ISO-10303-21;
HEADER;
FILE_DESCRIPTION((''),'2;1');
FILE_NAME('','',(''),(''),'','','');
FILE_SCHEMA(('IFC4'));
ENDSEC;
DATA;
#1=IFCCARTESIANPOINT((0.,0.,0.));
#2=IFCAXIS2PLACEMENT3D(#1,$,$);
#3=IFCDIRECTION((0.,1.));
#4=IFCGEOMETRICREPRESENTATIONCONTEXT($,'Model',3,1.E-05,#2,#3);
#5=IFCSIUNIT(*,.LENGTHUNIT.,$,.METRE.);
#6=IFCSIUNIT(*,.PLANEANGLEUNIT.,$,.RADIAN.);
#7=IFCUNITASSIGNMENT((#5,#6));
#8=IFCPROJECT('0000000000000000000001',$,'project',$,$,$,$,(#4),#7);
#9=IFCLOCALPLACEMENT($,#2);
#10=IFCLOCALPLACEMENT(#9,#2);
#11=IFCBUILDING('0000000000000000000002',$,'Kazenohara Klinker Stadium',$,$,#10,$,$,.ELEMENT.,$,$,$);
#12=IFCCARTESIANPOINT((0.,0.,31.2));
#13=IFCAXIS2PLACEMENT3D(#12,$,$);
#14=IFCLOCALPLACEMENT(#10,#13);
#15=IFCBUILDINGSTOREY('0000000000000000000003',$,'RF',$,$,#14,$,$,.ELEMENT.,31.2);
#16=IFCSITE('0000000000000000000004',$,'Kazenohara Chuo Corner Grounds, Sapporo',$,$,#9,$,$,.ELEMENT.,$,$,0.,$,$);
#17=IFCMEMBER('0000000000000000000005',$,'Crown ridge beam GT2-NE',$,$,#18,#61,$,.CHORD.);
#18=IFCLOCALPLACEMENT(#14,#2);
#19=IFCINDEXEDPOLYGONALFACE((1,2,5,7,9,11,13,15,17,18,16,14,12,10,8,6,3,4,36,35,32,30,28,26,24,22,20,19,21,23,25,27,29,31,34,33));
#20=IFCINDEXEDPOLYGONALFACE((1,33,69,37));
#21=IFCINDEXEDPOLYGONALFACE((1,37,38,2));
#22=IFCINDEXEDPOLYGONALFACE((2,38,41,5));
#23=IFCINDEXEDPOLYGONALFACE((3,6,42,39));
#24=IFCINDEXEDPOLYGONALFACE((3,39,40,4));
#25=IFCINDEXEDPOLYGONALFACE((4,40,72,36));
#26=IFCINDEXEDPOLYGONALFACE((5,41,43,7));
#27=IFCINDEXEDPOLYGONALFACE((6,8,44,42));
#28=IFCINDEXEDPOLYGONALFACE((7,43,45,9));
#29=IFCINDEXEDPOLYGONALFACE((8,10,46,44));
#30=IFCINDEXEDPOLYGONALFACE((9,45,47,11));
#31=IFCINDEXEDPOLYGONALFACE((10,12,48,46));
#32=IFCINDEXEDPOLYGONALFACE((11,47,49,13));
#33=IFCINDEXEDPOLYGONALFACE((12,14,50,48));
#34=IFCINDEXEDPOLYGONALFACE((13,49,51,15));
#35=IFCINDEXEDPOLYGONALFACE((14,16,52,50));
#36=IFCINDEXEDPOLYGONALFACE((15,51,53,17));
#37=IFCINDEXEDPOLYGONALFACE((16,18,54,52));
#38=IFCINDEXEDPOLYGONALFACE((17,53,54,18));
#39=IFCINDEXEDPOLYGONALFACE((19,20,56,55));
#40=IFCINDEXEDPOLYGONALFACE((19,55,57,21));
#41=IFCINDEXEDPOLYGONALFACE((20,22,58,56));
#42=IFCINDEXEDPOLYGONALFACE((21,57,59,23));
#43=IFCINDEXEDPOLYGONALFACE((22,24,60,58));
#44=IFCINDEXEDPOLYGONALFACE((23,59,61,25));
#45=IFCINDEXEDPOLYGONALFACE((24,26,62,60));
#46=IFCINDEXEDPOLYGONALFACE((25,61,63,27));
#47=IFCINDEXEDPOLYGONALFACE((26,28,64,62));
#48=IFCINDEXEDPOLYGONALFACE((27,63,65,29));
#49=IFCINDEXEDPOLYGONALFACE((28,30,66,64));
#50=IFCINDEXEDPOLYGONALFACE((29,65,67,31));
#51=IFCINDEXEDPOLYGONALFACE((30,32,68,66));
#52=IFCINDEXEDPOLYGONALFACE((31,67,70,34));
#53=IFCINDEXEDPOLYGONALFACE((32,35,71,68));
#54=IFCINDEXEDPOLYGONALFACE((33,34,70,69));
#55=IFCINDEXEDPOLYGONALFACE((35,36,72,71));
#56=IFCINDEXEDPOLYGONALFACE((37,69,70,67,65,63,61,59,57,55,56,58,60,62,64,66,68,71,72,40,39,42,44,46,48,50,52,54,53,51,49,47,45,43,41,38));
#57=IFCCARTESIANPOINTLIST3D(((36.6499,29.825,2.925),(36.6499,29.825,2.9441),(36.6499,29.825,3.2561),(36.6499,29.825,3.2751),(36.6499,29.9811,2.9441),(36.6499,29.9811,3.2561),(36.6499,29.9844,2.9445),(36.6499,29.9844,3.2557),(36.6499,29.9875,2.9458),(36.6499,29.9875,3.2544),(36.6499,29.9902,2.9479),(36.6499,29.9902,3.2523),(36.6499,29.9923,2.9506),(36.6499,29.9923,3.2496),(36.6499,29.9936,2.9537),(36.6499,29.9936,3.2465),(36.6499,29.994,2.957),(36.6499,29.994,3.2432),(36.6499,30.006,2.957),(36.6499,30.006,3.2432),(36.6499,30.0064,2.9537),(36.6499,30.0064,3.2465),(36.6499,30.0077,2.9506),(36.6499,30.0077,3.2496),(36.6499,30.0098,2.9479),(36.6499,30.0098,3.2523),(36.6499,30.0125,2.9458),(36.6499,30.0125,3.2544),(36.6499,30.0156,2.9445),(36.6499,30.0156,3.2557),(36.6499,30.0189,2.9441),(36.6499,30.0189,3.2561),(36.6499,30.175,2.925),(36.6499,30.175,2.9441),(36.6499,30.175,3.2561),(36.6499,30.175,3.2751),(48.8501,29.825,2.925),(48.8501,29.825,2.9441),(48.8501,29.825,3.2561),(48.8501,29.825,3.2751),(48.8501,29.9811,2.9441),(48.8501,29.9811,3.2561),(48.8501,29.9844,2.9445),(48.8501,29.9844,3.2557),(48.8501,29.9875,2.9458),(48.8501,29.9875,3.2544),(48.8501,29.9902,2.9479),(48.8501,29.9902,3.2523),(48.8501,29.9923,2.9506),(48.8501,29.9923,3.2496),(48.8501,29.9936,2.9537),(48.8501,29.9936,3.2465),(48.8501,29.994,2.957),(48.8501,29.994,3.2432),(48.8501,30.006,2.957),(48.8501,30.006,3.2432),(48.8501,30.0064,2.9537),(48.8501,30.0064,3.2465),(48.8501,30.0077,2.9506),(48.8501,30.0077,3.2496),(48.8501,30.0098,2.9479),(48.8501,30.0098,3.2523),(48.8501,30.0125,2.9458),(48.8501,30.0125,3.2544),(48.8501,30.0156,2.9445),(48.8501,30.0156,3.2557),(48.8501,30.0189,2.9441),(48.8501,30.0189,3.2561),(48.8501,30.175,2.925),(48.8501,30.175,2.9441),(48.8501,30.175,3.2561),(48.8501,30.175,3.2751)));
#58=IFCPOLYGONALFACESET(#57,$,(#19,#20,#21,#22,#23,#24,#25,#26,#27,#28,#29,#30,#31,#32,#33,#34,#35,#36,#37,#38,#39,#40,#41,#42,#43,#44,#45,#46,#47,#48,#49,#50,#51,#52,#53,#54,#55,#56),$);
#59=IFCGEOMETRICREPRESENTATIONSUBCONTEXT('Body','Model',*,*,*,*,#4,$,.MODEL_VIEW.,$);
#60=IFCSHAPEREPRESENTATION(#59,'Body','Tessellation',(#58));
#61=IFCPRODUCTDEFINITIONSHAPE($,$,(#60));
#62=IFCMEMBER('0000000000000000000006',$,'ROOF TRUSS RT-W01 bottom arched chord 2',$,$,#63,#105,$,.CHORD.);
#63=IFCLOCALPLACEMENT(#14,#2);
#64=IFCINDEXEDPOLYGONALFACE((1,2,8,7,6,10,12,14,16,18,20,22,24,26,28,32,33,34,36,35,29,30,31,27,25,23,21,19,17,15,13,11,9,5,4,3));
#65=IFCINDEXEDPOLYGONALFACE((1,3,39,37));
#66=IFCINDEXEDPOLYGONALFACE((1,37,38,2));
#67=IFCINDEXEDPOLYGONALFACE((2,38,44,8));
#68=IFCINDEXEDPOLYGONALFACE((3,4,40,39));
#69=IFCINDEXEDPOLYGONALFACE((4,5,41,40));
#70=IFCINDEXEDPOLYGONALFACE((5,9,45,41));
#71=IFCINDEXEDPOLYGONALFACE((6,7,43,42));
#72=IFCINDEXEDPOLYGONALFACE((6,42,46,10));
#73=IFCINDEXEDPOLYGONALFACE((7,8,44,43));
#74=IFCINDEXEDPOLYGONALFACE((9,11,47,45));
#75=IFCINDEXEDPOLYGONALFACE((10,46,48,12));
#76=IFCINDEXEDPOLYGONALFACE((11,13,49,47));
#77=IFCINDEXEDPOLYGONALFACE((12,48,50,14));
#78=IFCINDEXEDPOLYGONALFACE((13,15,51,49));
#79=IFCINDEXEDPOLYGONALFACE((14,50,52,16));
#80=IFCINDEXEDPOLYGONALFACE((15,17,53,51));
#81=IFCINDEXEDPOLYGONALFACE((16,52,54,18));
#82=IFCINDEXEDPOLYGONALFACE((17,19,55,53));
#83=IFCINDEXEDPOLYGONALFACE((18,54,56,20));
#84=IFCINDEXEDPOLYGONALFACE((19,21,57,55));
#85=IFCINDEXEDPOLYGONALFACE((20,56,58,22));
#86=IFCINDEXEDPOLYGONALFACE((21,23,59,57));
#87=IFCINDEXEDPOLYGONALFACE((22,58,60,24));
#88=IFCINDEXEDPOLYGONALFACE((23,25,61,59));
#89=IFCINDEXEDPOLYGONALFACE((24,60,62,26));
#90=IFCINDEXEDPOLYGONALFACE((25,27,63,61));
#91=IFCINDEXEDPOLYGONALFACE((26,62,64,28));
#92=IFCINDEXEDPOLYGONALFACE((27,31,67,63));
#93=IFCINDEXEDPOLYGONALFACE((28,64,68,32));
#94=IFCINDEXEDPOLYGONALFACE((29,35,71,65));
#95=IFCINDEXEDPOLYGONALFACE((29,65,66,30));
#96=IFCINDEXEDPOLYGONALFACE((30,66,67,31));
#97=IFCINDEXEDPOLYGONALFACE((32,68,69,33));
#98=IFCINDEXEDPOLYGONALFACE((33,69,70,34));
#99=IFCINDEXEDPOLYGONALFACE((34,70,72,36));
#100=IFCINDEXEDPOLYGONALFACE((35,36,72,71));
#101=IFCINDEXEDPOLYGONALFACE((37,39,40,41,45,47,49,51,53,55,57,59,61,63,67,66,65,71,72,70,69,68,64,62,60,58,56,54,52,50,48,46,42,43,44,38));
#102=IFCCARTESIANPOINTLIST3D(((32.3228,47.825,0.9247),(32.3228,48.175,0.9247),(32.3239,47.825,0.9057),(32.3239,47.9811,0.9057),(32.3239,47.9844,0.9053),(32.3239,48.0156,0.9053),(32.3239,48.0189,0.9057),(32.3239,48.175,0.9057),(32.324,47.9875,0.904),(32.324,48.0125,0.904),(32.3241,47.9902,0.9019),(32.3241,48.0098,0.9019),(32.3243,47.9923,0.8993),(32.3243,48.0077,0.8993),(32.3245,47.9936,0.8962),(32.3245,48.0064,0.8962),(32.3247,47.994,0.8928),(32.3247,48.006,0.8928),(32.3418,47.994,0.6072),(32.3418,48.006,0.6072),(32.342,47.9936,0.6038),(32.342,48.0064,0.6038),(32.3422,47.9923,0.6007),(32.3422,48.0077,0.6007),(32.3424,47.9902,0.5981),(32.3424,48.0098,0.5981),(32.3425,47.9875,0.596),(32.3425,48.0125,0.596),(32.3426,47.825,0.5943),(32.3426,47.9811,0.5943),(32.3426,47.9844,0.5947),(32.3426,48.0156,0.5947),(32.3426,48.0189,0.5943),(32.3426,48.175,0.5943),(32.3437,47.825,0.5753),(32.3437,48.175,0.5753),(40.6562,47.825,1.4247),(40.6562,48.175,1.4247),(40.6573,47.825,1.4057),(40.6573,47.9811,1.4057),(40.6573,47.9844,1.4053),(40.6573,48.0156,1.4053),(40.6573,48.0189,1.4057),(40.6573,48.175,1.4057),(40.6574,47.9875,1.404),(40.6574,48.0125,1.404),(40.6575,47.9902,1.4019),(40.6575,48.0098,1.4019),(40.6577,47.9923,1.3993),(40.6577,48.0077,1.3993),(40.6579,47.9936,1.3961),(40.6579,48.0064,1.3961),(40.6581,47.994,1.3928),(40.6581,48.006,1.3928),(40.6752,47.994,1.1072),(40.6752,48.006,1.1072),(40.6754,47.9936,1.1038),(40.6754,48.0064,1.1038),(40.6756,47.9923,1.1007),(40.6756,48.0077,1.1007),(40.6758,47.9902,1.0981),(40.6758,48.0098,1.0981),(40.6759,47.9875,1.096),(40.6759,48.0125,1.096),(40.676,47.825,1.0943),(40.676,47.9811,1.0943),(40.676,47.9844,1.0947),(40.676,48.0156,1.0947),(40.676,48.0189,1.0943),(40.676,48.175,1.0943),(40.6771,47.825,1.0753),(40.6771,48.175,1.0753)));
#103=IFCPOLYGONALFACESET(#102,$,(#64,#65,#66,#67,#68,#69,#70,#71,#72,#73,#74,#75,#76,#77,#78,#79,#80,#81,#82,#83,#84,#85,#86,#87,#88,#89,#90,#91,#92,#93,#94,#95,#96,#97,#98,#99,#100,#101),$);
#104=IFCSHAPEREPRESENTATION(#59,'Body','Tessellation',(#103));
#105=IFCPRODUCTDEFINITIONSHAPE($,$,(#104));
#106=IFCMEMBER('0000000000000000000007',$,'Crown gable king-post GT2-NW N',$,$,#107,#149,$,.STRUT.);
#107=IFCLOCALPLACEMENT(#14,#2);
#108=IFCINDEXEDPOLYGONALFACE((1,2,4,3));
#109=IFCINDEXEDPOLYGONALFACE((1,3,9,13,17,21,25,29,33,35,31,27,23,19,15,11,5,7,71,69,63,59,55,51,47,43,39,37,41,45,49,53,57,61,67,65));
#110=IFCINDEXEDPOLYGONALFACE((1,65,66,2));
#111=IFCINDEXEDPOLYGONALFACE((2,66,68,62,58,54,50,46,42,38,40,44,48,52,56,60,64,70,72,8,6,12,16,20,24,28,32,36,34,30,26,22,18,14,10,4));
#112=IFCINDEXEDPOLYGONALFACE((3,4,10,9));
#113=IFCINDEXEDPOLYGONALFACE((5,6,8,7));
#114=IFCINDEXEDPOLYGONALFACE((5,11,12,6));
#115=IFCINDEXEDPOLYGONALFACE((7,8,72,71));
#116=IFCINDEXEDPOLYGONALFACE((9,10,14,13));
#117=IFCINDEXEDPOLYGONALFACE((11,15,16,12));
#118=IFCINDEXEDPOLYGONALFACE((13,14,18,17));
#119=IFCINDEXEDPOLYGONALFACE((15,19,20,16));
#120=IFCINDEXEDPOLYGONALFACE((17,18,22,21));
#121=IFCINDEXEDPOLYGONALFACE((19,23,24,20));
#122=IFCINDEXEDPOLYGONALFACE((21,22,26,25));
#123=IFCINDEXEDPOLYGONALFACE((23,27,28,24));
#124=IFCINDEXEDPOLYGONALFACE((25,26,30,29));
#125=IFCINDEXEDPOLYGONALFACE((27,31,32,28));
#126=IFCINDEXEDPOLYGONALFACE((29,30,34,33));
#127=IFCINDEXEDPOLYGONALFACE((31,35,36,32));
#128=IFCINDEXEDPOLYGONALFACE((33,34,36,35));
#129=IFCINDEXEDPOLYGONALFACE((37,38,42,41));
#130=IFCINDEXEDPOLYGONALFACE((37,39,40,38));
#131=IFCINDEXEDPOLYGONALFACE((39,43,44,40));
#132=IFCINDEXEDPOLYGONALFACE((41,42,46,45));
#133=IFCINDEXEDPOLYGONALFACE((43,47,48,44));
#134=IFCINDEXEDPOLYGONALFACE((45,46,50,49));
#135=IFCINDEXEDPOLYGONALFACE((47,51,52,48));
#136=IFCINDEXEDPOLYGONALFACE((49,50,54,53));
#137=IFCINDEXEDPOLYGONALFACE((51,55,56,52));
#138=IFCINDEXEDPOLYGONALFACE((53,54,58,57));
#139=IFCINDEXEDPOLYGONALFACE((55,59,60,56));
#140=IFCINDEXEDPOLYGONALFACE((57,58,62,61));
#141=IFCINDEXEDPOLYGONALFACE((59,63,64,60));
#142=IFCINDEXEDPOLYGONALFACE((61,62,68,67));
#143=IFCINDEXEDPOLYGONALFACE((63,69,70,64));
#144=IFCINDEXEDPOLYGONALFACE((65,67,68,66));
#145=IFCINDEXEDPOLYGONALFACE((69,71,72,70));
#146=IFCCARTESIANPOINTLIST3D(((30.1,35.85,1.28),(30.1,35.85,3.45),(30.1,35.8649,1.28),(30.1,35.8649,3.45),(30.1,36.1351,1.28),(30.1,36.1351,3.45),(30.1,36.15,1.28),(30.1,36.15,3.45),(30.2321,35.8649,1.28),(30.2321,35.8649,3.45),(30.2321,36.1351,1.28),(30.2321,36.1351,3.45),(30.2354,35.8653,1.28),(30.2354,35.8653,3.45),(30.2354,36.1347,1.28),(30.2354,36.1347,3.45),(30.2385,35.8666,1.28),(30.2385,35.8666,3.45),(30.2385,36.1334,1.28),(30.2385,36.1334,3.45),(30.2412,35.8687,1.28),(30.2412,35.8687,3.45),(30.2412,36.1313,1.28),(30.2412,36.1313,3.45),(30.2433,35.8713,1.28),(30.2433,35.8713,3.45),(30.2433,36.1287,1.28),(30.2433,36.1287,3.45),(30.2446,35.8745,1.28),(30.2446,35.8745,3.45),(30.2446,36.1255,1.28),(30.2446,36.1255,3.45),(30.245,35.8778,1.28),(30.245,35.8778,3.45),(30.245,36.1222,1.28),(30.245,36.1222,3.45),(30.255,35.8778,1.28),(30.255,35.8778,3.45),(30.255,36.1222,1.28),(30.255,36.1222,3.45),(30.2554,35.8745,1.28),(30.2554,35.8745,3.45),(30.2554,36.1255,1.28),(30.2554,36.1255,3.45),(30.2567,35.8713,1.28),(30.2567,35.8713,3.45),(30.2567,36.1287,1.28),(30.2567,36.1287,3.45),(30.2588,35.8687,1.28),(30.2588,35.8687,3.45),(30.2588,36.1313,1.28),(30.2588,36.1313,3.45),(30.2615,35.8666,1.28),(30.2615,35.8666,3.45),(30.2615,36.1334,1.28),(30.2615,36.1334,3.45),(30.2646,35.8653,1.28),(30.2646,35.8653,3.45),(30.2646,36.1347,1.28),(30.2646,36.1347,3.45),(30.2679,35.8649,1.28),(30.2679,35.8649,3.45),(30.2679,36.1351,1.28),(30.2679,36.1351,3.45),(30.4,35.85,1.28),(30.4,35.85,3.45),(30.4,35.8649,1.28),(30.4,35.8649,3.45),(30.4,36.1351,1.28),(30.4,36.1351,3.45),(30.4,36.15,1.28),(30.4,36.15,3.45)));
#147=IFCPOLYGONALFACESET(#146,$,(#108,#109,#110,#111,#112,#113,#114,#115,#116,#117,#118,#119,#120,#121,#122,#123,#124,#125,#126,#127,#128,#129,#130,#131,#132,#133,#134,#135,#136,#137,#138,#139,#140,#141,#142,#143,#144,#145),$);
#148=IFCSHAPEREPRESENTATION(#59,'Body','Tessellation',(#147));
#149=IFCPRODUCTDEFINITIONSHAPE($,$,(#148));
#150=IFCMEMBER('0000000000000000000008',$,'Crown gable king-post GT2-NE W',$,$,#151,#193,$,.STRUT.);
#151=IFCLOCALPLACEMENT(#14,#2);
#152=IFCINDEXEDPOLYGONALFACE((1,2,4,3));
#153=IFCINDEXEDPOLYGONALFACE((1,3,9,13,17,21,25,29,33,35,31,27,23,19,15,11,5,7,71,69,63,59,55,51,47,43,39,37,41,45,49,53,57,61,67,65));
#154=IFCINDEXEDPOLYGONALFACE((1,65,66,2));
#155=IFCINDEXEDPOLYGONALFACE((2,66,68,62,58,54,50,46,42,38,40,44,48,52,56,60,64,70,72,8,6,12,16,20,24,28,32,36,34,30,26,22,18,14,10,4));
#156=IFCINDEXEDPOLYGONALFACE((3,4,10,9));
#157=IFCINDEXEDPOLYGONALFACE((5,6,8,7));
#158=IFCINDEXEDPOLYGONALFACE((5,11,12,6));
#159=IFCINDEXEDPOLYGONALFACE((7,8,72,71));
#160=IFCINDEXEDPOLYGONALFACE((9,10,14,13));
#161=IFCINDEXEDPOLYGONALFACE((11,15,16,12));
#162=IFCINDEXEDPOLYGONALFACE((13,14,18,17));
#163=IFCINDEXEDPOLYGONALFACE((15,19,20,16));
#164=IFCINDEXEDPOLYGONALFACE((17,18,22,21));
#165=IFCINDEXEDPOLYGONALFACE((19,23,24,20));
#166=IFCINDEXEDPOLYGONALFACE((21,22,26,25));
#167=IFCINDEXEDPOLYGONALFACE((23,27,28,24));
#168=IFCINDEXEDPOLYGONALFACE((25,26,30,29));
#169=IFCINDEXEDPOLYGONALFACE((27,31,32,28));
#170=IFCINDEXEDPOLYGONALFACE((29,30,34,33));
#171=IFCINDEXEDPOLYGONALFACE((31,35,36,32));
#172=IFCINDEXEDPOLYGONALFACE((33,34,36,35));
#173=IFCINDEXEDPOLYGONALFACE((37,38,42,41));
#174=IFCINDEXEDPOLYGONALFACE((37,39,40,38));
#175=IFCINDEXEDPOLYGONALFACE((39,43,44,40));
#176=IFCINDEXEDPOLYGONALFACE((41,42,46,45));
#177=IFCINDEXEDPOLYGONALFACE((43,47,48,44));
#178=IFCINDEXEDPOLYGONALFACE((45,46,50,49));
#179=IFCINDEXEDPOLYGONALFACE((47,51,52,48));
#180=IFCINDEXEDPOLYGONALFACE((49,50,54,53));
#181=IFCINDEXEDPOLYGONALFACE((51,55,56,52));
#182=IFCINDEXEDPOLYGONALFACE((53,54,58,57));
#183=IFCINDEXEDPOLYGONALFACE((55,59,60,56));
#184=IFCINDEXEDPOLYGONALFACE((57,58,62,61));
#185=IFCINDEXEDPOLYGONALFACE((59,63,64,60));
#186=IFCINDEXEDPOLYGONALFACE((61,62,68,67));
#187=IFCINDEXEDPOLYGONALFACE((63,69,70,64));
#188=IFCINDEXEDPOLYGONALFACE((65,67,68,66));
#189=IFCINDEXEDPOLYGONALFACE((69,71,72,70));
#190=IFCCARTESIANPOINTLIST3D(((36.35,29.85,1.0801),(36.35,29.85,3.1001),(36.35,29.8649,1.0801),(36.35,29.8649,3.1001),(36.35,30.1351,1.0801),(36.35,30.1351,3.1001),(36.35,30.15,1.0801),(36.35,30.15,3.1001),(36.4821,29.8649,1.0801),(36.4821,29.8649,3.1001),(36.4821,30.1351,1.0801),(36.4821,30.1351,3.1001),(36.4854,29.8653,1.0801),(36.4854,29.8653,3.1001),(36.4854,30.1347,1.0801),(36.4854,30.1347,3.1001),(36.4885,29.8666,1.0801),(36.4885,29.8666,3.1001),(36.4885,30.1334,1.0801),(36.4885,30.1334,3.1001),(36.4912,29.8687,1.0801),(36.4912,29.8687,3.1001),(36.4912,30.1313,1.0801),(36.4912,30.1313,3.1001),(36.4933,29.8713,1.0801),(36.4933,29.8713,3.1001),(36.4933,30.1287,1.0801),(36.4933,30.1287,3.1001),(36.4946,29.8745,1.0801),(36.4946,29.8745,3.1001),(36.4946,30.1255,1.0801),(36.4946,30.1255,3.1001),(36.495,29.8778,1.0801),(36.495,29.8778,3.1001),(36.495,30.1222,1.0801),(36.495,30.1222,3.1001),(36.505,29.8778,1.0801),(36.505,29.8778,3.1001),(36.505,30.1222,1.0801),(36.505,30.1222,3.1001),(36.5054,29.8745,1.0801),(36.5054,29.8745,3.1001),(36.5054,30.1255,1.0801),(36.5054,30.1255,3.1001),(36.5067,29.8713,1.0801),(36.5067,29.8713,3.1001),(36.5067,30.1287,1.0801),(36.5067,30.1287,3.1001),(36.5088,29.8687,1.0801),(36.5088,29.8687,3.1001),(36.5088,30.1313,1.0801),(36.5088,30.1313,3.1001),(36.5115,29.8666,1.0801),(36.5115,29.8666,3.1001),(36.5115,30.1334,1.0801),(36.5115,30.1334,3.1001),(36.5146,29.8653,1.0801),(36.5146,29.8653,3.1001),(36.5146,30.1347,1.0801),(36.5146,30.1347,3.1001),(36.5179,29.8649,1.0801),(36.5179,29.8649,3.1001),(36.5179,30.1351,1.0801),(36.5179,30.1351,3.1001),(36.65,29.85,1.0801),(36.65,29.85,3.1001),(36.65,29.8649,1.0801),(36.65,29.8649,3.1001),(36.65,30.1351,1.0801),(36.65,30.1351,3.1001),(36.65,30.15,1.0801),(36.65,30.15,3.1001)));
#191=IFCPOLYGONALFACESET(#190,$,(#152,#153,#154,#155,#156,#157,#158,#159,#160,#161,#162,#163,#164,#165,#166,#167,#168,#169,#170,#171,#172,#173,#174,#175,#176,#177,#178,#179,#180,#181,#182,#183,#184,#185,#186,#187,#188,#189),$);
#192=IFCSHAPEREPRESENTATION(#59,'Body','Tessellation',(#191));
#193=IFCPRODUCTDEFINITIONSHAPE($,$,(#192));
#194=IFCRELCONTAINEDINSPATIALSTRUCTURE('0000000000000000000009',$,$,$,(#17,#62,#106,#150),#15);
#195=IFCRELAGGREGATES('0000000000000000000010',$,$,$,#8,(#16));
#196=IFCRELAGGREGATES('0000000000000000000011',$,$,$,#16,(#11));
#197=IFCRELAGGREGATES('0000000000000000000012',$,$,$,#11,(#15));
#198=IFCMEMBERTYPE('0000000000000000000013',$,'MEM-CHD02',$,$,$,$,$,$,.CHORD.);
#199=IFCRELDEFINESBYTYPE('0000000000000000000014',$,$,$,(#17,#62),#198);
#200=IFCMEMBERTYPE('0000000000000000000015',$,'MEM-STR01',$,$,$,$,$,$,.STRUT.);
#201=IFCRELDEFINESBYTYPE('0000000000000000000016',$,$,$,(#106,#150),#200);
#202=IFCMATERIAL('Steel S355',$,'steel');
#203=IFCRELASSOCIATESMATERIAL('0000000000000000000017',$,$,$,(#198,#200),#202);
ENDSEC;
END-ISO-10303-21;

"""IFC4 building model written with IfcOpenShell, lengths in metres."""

from ifc_helpers import new_model, si_unit, direction, frame, origin, origin_2d, place, context, subcontext, project, spatial, i_section, extrude, material, material_profile, profile_set, type_object, element, save


model = new_model("IFC4")

# Units and contexts
model_context = context("Model", 3, precision=1e-05, world=origin(), true_north=direction((0.0, 1.0)))
body_context = subcontext(model_context, "Body", "Model", "MODEL_VIEW")
ifc_project = project(units=[si_unit("LENGTHUNIT", "METRE"), si_unit("PLANEANGLEUNIT", "RADIAN")], contexts=[model_context])

# Site, building, storey
site_placement = place(None, origin())
site = spatial("IfcSite", under=ifc_project, at=site_placement, Name="Kazenohara Chuo Corner Grounds, Sapporo", CompositionType="ELEMENT", RefElevation=0.0)
building_placement = place(site_placement, origin())
building = spatial("IfcBuilding", under=site, at=building_placement, Name="Kazenohara Klinker Stadium", CompositionType="ELEMENT")
storey_placement = place(building_placement, frame((0.0, 0.0, 31.2)))
storey = spatial("IfcBuildingStorey", under=building, at=storey_placement, Name="RF", CompositionType="ELEMENT", Elevation=31.2)

# Members
ifc_material_1 = material(Name="Steel S355", Category="steel")
ifc_material_profile_1 = material_profile(ifc_material_1, i_section(OverallWidth=0.3501, OverallDepth=0.3501, WebThickness=0.012, FlangeThickness=0.019, FilletRadius=0.0129, at=origin_2d()), Name="H-350x350x12x19")
ifc_profile_set_1 = profile_set([ifc_material_profile_1], Name="Steel S355")
member_type_1 = type_object("IfcMemberType", Name="MEM-CHD02", PredefinedType="CHORD", material=ifc_profile_set_1)
member_1_placement = place(storey_placement, frame((36.6499, 30.0, 3.1001), z_axis=(1.0, 0.0, 0.0), x_axis=(0.0, 1.0, 0.0)))
element("IfcMember", 1, at=member_1_placement, inside=storey, type_object=member_type_1, Name="Crown ridge beam GT2-NE", PredefinedType="CHORD", context=body_context, shape_type="SweptSolid", body=[
    extrude(i_section(OverallWidth=0.3501, OverallDepth=0.3501, WebThickness=0.012, FlangeThickness=0.019, FilletRadius=0.0129, at=origin_2d()), origin(), (0.0, 0.0, 1.0), 12.2002),
])
member_2_placement = place(storey_placement, frame((32.3333, 48.0, 0.75), z_axis=(0.998205, 0.0, 0.059891), x_axis=(0.0, 1.0, 0.0)))
element("IfcMember", 2, at=member_2_placement, inside=storey, type_object=member_type_1, Name="ROOF TRUSS RT-W01 bottom arched chord 2", PredefinedType="CHORD", context=body_context, shape_type="SweptSolid", body=[
    extrude(i_section(OverallWidth=0.3501, OverallDepth=0.3501, WebThickness=0.012, FlangeThickness=0.019, FilletRadius=0.0129, at=origin_2d()), origin(), (0.0, 0.0, 1.0), 8.3484),
])
ifc_material_profile_2 = material_profile(ifc_material_1, i_section(OverallWidth=0.3, OverallDepth=0.3, WebThickness=0.01, FlangeThickness=0.0149, FilletRadius=0.0129, at=origin_2d()), Name="H-300x300x10x15")
ifc_profile_set_2 = profile_set([ifc_material_profile_2], Name="Steel S355")
member_type_2 = type_object("IfcMemberType", Name="MEM-STR01", PredefinedType="STRUT", material=ifc_profile_set_2)
member_3_placement = place(storey_placement, frame((30.25, 36.0, 1.28), z_axis=(0.0, 0.0, 1.0), x_axis=(1.0, 0.0, 0.0)))
element("IfcMember", 3, at=member_3_placement, inside=storey, type_object=member_type_2, Name="Crown gable king-post GT2-NW N", PredefinedType="STRUT", context=body_context, shape_type="SweptSolid", body=[
    extrude(i_section(OverallWidth=0.3, OverallDepth=0.3, WebThickness=0.01, FlangeThickness=0.0149, FilletRadius=0.0129, at=origin_2d()), origin(), (0.0, 0.0, 1.0), 2.1699),
])
for number, where, z_axis, x_axis, name in (
    (4, (36.5, 30.0, 1.0801), (0.0, 0.0, 1.0), (1.0, 0.0, 0.0), "Crown gable king-post GT2-NE W"),
):
    element("IfcMember", number, at=place(storey_placement, frame(where, z_axis=z_axis, x_axis=x_axis)), inside=storey, type_object=member_type_2, Name=name, PredefinedType="STRUT", context=body_context, shape_type="SweptSolid", body=[
        extrude(i_section(OverallWidth=0.3, OverallDepth=0.3, WebThickness=0.01, FlangeThickness=0.0149, FilletRadius=0.0129, at=origin_2d()), origin(), (0.0, 0.0, 1.0), 2.02),
    ])

save(model, "model.ifc")
